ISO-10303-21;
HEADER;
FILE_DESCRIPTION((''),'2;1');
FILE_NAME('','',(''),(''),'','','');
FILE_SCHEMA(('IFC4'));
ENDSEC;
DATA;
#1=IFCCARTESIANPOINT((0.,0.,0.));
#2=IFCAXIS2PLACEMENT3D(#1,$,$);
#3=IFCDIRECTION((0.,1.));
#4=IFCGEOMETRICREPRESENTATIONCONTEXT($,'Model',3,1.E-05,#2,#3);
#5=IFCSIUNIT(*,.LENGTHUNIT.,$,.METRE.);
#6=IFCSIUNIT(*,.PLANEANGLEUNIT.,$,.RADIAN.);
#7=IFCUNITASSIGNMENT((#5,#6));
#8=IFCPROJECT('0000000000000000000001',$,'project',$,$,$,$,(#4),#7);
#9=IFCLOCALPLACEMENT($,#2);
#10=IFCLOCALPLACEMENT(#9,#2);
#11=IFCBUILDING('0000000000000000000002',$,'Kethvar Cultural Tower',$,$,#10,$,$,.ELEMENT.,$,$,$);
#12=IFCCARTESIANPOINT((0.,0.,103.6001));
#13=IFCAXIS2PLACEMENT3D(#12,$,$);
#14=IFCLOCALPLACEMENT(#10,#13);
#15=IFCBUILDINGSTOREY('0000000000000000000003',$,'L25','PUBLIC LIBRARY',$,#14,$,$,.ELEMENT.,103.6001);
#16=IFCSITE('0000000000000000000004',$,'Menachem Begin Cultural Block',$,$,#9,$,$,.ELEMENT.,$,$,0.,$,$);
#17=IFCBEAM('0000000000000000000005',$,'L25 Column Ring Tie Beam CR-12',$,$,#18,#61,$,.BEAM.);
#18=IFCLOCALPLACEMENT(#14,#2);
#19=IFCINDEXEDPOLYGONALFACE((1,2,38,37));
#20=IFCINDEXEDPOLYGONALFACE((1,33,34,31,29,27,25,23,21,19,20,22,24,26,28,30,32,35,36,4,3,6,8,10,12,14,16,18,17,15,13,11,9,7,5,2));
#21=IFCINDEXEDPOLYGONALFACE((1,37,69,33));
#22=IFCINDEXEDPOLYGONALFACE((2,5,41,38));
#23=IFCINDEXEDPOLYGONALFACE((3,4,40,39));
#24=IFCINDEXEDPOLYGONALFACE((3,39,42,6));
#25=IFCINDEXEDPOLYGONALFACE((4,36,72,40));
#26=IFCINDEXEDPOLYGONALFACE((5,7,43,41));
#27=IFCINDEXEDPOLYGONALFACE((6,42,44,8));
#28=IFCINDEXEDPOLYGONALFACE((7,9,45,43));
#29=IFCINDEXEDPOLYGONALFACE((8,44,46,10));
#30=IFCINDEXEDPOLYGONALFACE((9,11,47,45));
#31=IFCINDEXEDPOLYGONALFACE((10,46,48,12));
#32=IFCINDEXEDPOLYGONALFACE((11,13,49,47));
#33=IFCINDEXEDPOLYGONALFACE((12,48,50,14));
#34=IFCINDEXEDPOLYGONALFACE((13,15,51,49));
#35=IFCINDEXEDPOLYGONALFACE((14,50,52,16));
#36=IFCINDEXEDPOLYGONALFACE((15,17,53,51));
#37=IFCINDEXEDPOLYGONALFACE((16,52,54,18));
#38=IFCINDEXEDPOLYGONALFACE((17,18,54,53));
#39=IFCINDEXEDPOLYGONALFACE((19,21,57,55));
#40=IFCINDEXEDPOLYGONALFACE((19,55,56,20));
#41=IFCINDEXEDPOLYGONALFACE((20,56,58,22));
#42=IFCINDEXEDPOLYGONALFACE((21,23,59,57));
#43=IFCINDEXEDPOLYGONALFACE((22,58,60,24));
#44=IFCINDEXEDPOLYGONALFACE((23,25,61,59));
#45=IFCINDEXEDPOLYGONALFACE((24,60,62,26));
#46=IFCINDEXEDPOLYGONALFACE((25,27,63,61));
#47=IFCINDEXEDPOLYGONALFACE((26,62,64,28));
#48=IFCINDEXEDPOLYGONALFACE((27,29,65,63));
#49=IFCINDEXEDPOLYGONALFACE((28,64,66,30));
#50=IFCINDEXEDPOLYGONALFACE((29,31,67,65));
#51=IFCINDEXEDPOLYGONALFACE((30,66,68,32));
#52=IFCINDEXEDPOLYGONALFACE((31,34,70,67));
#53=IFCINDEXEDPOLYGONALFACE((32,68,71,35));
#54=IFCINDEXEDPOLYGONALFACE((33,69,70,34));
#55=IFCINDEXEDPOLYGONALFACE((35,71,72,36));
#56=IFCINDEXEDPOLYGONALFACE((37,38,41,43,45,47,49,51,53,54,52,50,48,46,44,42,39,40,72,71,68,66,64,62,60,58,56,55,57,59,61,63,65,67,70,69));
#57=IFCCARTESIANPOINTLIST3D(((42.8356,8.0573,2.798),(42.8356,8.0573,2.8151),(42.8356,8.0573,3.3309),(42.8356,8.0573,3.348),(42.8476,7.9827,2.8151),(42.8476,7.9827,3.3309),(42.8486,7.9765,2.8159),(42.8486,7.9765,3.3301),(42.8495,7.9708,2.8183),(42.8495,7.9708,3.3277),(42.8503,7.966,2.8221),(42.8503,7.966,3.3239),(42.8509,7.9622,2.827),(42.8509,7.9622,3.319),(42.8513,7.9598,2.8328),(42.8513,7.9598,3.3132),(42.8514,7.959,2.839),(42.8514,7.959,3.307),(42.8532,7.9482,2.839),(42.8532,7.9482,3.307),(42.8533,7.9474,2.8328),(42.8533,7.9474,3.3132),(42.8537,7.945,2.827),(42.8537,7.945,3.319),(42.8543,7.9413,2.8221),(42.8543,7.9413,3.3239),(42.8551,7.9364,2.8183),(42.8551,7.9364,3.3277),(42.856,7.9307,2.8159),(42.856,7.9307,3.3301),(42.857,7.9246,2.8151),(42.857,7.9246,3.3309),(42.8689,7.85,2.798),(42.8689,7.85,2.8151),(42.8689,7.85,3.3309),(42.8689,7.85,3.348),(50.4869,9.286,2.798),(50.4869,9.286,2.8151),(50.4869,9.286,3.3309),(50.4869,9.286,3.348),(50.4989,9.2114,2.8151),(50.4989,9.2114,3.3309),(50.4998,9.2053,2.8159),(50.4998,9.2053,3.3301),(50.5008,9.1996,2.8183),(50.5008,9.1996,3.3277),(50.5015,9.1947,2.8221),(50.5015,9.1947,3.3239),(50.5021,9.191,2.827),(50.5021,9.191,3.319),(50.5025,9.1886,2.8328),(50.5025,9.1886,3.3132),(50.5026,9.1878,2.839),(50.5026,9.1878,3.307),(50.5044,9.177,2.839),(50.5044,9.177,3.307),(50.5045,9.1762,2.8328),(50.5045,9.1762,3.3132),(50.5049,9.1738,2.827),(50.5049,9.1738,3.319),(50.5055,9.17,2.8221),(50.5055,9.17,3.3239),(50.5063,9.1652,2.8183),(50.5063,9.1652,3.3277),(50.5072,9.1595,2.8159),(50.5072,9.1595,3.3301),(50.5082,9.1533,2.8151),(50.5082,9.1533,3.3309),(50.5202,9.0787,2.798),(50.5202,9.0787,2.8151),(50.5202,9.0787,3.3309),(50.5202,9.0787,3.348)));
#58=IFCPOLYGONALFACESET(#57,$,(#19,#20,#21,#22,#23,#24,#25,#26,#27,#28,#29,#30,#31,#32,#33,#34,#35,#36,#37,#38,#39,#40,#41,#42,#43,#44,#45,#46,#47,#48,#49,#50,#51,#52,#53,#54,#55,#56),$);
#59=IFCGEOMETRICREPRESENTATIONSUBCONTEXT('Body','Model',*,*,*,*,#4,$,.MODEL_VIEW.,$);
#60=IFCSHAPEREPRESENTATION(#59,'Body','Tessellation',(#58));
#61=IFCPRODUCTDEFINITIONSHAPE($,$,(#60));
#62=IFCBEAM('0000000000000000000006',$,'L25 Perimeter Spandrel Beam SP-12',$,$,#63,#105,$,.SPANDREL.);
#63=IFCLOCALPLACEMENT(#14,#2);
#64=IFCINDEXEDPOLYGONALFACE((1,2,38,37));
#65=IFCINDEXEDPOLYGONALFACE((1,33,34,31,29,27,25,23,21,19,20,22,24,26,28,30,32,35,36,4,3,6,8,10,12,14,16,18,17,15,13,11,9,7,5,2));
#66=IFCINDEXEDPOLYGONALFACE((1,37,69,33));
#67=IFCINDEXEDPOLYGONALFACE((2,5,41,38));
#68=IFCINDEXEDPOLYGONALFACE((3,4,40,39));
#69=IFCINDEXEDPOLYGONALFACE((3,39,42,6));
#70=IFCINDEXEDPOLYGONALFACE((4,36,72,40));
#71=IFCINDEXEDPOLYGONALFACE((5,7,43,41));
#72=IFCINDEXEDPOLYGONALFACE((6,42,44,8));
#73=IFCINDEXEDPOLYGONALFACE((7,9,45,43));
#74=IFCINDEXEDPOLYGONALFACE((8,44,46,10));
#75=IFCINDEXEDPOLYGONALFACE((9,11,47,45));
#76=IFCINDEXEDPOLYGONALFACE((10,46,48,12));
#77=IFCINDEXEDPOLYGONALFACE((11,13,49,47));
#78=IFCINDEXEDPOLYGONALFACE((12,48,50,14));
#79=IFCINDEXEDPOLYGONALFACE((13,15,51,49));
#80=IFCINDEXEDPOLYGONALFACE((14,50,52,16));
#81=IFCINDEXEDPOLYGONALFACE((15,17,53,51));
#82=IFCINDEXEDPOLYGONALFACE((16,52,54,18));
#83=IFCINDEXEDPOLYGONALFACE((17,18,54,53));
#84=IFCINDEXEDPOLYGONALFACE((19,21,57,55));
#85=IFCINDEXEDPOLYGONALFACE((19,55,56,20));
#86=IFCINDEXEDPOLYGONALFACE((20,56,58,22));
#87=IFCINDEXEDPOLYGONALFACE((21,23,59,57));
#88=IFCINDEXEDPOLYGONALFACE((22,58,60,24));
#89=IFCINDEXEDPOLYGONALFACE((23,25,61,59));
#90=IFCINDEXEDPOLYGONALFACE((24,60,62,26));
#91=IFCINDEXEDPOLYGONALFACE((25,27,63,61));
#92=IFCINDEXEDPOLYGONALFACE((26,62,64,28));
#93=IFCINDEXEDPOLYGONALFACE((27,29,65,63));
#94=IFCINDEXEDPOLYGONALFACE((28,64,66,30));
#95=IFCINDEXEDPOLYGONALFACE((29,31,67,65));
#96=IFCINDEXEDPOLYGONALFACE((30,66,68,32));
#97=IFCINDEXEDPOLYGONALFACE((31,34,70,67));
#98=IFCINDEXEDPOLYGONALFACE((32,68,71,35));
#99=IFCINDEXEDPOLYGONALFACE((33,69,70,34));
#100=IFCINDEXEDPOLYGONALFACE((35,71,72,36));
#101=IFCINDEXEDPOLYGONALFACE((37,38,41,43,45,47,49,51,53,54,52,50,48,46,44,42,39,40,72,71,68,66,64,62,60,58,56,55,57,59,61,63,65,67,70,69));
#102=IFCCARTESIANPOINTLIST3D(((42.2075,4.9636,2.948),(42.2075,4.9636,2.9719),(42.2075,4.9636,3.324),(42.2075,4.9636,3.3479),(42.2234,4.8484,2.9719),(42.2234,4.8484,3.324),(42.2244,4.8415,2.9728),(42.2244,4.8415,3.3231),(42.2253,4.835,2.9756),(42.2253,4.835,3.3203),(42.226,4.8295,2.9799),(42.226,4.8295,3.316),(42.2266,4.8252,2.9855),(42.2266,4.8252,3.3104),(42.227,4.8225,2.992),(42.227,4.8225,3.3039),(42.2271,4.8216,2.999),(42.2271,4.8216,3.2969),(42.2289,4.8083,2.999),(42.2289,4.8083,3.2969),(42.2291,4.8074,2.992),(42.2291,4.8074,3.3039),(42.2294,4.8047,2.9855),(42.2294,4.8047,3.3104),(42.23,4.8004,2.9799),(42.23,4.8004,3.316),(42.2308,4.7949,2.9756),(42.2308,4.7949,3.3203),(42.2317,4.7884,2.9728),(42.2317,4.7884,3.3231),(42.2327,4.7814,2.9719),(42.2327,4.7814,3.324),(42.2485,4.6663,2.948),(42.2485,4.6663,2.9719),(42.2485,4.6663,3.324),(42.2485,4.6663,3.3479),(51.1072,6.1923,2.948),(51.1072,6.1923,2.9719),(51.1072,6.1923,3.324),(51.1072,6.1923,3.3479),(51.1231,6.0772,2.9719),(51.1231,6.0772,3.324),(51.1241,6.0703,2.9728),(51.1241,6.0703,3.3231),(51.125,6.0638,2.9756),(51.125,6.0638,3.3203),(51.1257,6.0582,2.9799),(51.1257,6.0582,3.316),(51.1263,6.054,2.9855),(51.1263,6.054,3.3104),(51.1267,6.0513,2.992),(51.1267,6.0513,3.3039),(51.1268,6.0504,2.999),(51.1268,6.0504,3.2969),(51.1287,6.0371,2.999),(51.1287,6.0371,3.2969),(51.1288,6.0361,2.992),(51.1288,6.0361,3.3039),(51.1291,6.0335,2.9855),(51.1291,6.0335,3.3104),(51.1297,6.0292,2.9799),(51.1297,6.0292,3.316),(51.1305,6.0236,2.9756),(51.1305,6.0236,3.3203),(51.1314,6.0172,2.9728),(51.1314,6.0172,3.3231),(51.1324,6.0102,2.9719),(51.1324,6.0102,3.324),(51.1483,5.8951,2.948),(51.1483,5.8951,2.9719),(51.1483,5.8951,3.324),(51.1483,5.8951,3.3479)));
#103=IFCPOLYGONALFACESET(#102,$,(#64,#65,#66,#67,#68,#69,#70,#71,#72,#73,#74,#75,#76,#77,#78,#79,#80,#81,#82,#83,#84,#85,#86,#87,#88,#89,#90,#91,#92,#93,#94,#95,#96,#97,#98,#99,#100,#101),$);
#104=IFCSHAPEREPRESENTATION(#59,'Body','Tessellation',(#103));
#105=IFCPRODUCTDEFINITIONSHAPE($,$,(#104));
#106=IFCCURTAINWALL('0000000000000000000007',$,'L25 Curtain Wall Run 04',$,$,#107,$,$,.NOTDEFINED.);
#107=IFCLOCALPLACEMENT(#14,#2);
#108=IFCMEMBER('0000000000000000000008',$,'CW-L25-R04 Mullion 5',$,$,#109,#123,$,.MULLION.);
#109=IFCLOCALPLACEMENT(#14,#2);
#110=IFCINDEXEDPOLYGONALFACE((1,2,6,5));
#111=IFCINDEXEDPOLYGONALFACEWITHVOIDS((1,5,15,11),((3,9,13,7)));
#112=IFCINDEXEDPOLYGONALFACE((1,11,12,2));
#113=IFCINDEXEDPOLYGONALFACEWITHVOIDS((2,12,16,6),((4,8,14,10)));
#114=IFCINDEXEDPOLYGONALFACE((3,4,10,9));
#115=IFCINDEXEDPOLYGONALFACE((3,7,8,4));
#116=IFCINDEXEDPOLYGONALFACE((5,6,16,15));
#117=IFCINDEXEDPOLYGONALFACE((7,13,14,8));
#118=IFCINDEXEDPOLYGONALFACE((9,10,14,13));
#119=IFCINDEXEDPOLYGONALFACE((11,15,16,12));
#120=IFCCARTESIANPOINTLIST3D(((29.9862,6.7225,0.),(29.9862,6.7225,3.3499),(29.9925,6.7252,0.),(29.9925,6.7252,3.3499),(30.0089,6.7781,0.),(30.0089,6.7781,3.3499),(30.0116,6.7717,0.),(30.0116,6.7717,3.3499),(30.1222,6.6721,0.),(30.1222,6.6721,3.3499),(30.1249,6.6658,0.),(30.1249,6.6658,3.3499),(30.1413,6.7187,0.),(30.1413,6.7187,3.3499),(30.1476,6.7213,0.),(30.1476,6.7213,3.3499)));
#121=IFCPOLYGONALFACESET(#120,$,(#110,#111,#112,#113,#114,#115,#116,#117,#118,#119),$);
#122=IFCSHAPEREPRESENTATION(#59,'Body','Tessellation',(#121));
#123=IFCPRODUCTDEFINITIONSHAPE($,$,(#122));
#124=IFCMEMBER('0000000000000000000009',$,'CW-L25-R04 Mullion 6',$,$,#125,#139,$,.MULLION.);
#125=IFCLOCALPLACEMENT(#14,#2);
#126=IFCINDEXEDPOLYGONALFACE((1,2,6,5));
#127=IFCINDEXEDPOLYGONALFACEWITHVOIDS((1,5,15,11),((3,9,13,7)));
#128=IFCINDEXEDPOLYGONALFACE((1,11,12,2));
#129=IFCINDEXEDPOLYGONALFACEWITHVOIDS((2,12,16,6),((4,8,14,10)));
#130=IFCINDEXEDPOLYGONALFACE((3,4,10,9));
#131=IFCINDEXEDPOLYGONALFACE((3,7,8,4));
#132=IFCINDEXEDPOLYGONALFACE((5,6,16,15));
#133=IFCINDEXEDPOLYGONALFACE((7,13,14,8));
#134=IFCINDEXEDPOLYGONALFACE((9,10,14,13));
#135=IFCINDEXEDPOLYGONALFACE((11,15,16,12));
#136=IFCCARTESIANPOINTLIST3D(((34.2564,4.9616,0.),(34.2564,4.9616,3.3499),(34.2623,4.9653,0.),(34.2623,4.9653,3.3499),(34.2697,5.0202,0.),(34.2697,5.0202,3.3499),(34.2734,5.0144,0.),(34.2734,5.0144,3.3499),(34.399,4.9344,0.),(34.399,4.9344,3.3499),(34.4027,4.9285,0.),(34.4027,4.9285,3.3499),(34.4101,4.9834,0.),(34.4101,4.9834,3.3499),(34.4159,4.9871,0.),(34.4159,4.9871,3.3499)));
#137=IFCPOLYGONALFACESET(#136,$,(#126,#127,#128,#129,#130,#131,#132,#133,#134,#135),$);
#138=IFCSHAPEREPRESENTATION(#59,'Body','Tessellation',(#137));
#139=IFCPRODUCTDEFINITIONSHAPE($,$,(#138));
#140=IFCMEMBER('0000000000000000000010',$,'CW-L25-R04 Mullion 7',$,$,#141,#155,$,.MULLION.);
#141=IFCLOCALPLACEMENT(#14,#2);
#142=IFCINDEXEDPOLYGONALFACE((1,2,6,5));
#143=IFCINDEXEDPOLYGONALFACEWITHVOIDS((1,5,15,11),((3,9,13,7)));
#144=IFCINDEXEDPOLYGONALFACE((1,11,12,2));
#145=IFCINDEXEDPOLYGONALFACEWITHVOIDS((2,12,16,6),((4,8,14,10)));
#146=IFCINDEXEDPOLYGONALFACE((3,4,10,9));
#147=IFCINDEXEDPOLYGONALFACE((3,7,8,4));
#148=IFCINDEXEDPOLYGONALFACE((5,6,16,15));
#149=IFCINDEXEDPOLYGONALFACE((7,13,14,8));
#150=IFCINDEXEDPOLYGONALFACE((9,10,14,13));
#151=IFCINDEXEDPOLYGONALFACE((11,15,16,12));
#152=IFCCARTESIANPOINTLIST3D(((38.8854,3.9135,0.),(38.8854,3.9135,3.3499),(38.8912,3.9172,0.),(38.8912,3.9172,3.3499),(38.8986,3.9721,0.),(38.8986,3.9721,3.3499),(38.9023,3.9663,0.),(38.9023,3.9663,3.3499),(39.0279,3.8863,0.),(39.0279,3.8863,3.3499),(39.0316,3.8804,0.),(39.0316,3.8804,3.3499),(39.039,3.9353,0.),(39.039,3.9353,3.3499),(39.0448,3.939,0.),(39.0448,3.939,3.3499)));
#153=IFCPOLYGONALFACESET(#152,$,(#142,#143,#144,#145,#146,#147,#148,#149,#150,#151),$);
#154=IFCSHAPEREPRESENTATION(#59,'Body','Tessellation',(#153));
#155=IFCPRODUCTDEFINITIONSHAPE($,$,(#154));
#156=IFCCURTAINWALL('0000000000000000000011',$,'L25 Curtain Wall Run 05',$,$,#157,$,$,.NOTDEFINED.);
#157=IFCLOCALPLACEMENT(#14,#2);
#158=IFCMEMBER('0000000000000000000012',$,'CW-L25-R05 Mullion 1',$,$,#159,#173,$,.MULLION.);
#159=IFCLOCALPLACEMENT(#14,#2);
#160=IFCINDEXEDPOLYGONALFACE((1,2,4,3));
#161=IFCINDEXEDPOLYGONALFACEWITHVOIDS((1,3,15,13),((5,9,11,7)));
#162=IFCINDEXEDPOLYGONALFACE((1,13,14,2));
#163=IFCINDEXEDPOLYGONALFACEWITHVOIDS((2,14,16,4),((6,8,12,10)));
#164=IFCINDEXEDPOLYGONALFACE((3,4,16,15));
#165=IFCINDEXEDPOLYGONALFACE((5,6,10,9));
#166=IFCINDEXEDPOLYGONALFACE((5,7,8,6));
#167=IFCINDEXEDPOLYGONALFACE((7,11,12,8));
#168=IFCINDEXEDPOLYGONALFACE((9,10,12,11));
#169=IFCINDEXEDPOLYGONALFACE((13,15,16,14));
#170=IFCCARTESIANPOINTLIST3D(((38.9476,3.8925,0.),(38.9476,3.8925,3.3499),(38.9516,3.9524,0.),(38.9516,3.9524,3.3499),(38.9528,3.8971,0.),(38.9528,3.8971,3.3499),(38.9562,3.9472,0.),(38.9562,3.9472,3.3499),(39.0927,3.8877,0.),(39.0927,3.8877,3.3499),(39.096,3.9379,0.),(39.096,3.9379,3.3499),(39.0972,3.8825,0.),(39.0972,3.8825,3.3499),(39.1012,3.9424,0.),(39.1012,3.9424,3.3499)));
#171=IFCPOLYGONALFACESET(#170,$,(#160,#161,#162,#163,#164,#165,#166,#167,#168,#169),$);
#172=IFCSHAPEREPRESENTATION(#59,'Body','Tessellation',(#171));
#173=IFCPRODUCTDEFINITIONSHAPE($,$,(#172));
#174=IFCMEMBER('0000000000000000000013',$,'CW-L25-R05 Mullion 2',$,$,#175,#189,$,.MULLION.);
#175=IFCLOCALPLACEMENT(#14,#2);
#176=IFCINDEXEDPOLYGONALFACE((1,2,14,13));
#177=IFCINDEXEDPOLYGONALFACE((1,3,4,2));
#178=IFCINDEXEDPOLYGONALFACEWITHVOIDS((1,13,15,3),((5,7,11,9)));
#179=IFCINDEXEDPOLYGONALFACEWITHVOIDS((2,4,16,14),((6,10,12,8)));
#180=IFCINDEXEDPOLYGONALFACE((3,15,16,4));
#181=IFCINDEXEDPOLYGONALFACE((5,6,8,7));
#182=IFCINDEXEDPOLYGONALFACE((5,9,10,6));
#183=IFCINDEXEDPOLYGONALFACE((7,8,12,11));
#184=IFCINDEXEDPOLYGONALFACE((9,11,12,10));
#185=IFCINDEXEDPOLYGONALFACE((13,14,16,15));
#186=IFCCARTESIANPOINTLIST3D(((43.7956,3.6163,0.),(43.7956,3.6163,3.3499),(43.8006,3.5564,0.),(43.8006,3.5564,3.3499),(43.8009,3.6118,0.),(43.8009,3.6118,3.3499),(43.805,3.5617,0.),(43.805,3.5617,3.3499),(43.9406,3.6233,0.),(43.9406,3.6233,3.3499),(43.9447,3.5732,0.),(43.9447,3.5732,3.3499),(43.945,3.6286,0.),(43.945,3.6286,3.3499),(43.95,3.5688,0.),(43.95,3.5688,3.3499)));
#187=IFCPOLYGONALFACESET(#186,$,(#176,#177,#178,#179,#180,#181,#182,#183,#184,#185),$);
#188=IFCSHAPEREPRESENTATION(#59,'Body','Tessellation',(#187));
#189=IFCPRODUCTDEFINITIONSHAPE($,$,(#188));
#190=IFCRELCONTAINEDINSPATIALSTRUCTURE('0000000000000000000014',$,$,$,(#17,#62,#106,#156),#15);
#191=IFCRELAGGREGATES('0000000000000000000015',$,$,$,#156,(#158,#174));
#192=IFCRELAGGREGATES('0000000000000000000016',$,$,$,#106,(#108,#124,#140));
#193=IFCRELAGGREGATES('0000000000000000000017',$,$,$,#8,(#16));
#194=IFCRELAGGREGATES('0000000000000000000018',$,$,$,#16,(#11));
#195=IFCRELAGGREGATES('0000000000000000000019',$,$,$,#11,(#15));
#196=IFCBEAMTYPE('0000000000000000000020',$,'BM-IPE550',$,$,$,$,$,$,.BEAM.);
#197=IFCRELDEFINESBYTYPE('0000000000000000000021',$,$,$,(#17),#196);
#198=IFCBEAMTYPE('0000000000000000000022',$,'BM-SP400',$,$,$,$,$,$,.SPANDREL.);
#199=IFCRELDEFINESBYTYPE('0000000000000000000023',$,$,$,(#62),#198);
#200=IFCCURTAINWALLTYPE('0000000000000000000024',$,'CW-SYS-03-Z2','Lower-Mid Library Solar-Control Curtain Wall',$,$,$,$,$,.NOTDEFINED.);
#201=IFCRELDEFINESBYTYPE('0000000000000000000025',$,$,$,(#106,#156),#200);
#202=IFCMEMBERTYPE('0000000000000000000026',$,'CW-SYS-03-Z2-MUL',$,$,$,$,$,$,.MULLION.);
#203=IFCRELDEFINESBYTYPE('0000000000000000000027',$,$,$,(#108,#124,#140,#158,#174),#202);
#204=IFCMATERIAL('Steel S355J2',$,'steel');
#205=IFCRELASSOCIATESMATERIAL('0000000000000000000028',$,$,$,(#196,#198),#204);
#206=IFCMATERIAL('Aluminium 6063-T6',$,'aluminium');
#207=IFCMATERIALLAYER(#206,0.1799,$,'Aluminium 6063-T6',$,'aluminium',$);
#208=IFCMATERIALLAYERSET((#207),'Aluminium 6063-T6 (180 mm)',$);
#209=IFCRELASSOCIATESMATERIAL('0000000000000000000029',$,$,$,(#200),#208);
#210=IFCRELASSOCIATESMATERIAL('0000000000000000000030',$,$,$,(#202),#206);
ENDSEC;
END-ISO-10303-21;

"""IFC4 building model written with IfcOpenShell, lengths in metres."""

from ifc_helpers import new_model, si_unit, direction, frame, origin, origin_2d, place, context, subcontext, project, spatial, hollow_rectangle, i_section, extrude, source, transform, mapped, material, layer, layer_set, material_profile, profile_set, type_object, element, aggregate, save


model = new_model("IFC4")

# Units and contexts
model_context = context("Model", 3, precision=1e-05, world=origin(), true_north=direction((0.0, 1.0)))
body_context = subcontext(model_context, "Body", "Model", "MODEL_VIEW")
ifc_project = project(units=[si_unit("LENGTHUNIT", "METRE"), si_unit("PLANEANGLEUNIT", "RADIAN")], contexts=[model_context])

# Site, building, storey
site_placement = place(None, origin())
site = spatial("IfcSite", under=ifc_project, at=site_placement, Name="Menachem Begin Cultural Block", CompositionType="ELEMENT", RefElevation=0.0)
building_placement = place(site_placement, origin())
building = spatial("IfcBuilding", under=site, at=building_placement, Name="Kethvar Cultural Tower", CompositionType="ELEMENT")
storey_placement = place(building_placement, frame((0.0, 0.0, 103.6001)))
storey = spatial("IfcBuildingStorey", under=building, at=storey_placement, Name="L25", Description="PUBLIC LIBRARY", CompositionType="ELEMENT", Elevation=103.6001)

# Beams
ifc_material_1 = material(Name="Steel S355J2", Category="steel")
ifc_material_profile_1 = material_profile(ifc_material_1, i_section(OverallWidth=0.21, OverallDepth=0.55, WebThickness=0.011, FlangeThickness=0.0171, FilletRadius=0.0239, at=origin_2d()), Name="Steel S355J2 — IPE550")
ifc_profile_set_1 = profile_set([ifc_material_profile_1], Name="Steel S355J2 — IPE550")
beam_type_1 = type_object("IfcBeamType", Name="BM-IPE550", PredefinedType="BEAM", material=ifc_profile_set_1)
ifc_material_profile_2 = material_profile(ifc_material_1, i_section(OverallWidth=0.3, OverallDepth=0.3999, WebThickness=0.0134, FlangeThickness=0.0239, FilletRadius=0.0271, at=origin_2d()), Name="Steel S355J2 — HEB400")
ifc_profile_set_2 = profile_set([ifc_material_profile_2], Name="Steel S355J2 — HEB400")
beam_type_2 = type_object("IfcBeamType", Name="BM-SP400", PredefinedType="SPANDREL", material=ifc_profile_set_2)
shared_shape_1 = source(origin(), body_context, "Body", "SweptSolid", [
    extrude(i_section(OverallWidth=0.21, OverallDepth=0.55, WebThickness=0.011, FlangeThickness=0.0171, FilletRadius=0.0239, at=origin_2d()), origin(), (0.0, 0.0, 1.0), 7.7493),
])
beam_1_placement = place(storey_placement, frame((42.8523, 7.9536, 3.073), z_axis=(0.987348, 0.158567, 0.0), x_axis=(-0.158567, 0.987348, 0.0)))
element("IfcBeam", 1, at=beam_1_placement, inside=storey, type_object=beam_type_1, Name="L25 Column Ring Tie Beam CR-12", PredefinedType="BEAM", context=body_context, shape_type="MappedRepresentation", body=[
    mapped(shared_shape_1, transform((0.0, 0.0, 0.0), scale=1.0)),
])
shared_shape_2 = source(origin(), body_context, "Body", "SweptSolid", [
    extrude(i_section(OverallWidth=0.3, OverallDepth=0.3999, WebThickness=0.0134, FlangeThickness=0.0239, FilletRadius=0.0271, at=origin_2d()), origin(), (0.0, 0.0, 1.0), 8.9841),
])
beam_2_placement = place(storey_placement, frame((42.228, 4.8149, 3.1479), z_axis=(0.990603, 0.136771, 0.0), x_axis=(-0.136771, 0.990603, 0.0)))
element("IfcBeam", 2, at=beam_2_placement, inside=storey, type_object=beam_type_2, Name="L25 Perimeter Spandrel Beam SP-12", PredefinedType="SPANDREL", context=body_context, shape_type="MappedRepresentation", body=[
    mapped(shared_shape_2, transform((0.0, 0.0, 0.0), scale=1.0)),
])

# Curtain walls, members
ifc_material_2 = material(Name="Aluminium 6063-T6", Category="aluminium")
ifc_layer_1 = layer(ifc_material_2, 0.1799, Name="Aluminium 6063-T6", Category="aluminium")
ifc_layer_set_1 = layer_set([ifc_layer_1], Name="Aluminium 6063-T6 (180 mm)")
curtain_wall_type = type_object("IfcCurtainWallType", Name="CW-SYS-03-Z2", Description="Lower-Mid Library Solar-Control Curtain Wall", PredefinedType="NOTDEFINED", material=ifc_layer_set_1)
curtain_wall_1_placement = place(storey_placement, origin())
curtain_wall_1 = element("IfcCurtainWall", 3, at=curtain_wall_1_placement, inside=storey, type_object=curtain_wall_type, Name="L25 Curtain Wall Run 04", PredefinedType="NOTDEFINED")
ifc_material_profile_3 = material_profile(ifc_material_2, hollow_rectangle(XDim=0.0601, YDim=0.1499, WallThickness=0.0049, at=origin_2d()), Name="Aluminium 6063-T6 — RHS150x60x5")
ifc_profile_set_3 = profile_set([ifc_material_profile_3], Name="Aluminium 6063-T6 — RHS150x60x5")
member_type_1 = type_object("IfcMemberType", Name="CW-SYS-03-Z2-MUL", PredefinedType="MULLION", material=ifc_profile_set_3)
shared_shape_3 = source(origin(), body_context, "Body", "SweptSolid", [
    extrude(hollow_rectangle(XDim=0.0601, YDim=0.1499, WallThickness=0.0049, at=origin_2d()), origin(), (0.0, 0.0, 1.0), 3.3499),
])
member_1_placement = place(storey_placement, frame((30.0669, 6.7219, 0.0), z_axis=(0.0, 0.0, 1.0), x_axis=(0.378552, 0.92558, 0.0)))
member_1 = element("IfcMember", 4, at=member_1_placement, type_object=member_type_1, Name="CW-L25-R04 Mullion 5", PredefinedType="MULLION", context=body_context, shape_type="MappedRepresentation", body=[
    mapped(shared_shape_3, transform((0.0, 0.0, 0.0), scale=1.0)),
])
member_2_placement = place(storey_placement, frame((34.3362, 4.9744, 0.0), z_axis=(0.0, 0.0, 1.0), x_axis=(0.220817, 0.975315, 0.0)))
member_2 = element("IfcMember", 5, at=member_2_placement, type_object=member_type_1, Name="CW-L25-R04 Mullion 6", PredefinedType="MULLION", context=body_context, shape_type="MappedRepresentation", body=[
    mapped(shared_shape_3, transform((0.0, 0.0, 0.0), scale=1.0)),
])
member_3_placement = place(storey_placement, frame((38.9651, 3.9263, 0.0), z_axis=(0.0, 0.0, 1.0), x_axis=(0.220817, 0.975315, 0.0)))
member_3 = element("IfcMember", 6, at=member_3_placement, type_object=member_type_1, Name="CW-L25-R04 Mullion 7", PredefinedType="MULLION", context=body_context, shape_type="MappedRepresentation", body=[
    mapped(shared_shape_3, transform((0.0, 0.0, 0.0), scale=1.0)),
])
curtain_wall_2_placement = place(storey_placement, origin())
curtain_wall_2 = element("IfcCurtainWall", 7, at=curtain_wall_2_placement, inside=storey, type_object=curtain_wall_type, Name="L25 Curtain Wall Run 05", PredefinedType="NOTDEFINED")
member_4_placement = place(storey_placement, frame((39.0244, 3.9175, 0.0), z_axis=(0.0, 0.0, 1.0), x_axis=(0.066622, 0.997778, 0.0)))
member_4 = element("IfcMember", 8, at=member_4_placement, type_object=member_type_1, Name="CW-L25-R05 Mullion 1", PredefinedType="MULLION", context=body_context, shape_type="MappedRepresentation", body=[
    mapped(shared_shape_3, transform((0.0, 0.0, 0.0), scale=1.0)),
])
member_5_placement = place(storey_placement, frame((43.8728, 3.5925, 0.0), z_axis=(0.0, 0.0, 1.0), x_axis=(-0.08213, 0.996622, 0.0)))
member_5 = element("IfcMember", 9, at=member_5_placement, type_object=member_type_1, Name="CW-L25-R05 Mullion 2", PredefinedType="MULLION", context=body_context, shape_type="MappedRepresentation", body=[
    mapped(shared_shape_3, transform((0.0, 0.0, 0.0), scale=1.0)),
])

aggregate(curtain_wall_2, [member_4, member_5])
aggregate(curtain_wall_1, [member_1, member_2, member_3])

save(model, "model.ifc")
